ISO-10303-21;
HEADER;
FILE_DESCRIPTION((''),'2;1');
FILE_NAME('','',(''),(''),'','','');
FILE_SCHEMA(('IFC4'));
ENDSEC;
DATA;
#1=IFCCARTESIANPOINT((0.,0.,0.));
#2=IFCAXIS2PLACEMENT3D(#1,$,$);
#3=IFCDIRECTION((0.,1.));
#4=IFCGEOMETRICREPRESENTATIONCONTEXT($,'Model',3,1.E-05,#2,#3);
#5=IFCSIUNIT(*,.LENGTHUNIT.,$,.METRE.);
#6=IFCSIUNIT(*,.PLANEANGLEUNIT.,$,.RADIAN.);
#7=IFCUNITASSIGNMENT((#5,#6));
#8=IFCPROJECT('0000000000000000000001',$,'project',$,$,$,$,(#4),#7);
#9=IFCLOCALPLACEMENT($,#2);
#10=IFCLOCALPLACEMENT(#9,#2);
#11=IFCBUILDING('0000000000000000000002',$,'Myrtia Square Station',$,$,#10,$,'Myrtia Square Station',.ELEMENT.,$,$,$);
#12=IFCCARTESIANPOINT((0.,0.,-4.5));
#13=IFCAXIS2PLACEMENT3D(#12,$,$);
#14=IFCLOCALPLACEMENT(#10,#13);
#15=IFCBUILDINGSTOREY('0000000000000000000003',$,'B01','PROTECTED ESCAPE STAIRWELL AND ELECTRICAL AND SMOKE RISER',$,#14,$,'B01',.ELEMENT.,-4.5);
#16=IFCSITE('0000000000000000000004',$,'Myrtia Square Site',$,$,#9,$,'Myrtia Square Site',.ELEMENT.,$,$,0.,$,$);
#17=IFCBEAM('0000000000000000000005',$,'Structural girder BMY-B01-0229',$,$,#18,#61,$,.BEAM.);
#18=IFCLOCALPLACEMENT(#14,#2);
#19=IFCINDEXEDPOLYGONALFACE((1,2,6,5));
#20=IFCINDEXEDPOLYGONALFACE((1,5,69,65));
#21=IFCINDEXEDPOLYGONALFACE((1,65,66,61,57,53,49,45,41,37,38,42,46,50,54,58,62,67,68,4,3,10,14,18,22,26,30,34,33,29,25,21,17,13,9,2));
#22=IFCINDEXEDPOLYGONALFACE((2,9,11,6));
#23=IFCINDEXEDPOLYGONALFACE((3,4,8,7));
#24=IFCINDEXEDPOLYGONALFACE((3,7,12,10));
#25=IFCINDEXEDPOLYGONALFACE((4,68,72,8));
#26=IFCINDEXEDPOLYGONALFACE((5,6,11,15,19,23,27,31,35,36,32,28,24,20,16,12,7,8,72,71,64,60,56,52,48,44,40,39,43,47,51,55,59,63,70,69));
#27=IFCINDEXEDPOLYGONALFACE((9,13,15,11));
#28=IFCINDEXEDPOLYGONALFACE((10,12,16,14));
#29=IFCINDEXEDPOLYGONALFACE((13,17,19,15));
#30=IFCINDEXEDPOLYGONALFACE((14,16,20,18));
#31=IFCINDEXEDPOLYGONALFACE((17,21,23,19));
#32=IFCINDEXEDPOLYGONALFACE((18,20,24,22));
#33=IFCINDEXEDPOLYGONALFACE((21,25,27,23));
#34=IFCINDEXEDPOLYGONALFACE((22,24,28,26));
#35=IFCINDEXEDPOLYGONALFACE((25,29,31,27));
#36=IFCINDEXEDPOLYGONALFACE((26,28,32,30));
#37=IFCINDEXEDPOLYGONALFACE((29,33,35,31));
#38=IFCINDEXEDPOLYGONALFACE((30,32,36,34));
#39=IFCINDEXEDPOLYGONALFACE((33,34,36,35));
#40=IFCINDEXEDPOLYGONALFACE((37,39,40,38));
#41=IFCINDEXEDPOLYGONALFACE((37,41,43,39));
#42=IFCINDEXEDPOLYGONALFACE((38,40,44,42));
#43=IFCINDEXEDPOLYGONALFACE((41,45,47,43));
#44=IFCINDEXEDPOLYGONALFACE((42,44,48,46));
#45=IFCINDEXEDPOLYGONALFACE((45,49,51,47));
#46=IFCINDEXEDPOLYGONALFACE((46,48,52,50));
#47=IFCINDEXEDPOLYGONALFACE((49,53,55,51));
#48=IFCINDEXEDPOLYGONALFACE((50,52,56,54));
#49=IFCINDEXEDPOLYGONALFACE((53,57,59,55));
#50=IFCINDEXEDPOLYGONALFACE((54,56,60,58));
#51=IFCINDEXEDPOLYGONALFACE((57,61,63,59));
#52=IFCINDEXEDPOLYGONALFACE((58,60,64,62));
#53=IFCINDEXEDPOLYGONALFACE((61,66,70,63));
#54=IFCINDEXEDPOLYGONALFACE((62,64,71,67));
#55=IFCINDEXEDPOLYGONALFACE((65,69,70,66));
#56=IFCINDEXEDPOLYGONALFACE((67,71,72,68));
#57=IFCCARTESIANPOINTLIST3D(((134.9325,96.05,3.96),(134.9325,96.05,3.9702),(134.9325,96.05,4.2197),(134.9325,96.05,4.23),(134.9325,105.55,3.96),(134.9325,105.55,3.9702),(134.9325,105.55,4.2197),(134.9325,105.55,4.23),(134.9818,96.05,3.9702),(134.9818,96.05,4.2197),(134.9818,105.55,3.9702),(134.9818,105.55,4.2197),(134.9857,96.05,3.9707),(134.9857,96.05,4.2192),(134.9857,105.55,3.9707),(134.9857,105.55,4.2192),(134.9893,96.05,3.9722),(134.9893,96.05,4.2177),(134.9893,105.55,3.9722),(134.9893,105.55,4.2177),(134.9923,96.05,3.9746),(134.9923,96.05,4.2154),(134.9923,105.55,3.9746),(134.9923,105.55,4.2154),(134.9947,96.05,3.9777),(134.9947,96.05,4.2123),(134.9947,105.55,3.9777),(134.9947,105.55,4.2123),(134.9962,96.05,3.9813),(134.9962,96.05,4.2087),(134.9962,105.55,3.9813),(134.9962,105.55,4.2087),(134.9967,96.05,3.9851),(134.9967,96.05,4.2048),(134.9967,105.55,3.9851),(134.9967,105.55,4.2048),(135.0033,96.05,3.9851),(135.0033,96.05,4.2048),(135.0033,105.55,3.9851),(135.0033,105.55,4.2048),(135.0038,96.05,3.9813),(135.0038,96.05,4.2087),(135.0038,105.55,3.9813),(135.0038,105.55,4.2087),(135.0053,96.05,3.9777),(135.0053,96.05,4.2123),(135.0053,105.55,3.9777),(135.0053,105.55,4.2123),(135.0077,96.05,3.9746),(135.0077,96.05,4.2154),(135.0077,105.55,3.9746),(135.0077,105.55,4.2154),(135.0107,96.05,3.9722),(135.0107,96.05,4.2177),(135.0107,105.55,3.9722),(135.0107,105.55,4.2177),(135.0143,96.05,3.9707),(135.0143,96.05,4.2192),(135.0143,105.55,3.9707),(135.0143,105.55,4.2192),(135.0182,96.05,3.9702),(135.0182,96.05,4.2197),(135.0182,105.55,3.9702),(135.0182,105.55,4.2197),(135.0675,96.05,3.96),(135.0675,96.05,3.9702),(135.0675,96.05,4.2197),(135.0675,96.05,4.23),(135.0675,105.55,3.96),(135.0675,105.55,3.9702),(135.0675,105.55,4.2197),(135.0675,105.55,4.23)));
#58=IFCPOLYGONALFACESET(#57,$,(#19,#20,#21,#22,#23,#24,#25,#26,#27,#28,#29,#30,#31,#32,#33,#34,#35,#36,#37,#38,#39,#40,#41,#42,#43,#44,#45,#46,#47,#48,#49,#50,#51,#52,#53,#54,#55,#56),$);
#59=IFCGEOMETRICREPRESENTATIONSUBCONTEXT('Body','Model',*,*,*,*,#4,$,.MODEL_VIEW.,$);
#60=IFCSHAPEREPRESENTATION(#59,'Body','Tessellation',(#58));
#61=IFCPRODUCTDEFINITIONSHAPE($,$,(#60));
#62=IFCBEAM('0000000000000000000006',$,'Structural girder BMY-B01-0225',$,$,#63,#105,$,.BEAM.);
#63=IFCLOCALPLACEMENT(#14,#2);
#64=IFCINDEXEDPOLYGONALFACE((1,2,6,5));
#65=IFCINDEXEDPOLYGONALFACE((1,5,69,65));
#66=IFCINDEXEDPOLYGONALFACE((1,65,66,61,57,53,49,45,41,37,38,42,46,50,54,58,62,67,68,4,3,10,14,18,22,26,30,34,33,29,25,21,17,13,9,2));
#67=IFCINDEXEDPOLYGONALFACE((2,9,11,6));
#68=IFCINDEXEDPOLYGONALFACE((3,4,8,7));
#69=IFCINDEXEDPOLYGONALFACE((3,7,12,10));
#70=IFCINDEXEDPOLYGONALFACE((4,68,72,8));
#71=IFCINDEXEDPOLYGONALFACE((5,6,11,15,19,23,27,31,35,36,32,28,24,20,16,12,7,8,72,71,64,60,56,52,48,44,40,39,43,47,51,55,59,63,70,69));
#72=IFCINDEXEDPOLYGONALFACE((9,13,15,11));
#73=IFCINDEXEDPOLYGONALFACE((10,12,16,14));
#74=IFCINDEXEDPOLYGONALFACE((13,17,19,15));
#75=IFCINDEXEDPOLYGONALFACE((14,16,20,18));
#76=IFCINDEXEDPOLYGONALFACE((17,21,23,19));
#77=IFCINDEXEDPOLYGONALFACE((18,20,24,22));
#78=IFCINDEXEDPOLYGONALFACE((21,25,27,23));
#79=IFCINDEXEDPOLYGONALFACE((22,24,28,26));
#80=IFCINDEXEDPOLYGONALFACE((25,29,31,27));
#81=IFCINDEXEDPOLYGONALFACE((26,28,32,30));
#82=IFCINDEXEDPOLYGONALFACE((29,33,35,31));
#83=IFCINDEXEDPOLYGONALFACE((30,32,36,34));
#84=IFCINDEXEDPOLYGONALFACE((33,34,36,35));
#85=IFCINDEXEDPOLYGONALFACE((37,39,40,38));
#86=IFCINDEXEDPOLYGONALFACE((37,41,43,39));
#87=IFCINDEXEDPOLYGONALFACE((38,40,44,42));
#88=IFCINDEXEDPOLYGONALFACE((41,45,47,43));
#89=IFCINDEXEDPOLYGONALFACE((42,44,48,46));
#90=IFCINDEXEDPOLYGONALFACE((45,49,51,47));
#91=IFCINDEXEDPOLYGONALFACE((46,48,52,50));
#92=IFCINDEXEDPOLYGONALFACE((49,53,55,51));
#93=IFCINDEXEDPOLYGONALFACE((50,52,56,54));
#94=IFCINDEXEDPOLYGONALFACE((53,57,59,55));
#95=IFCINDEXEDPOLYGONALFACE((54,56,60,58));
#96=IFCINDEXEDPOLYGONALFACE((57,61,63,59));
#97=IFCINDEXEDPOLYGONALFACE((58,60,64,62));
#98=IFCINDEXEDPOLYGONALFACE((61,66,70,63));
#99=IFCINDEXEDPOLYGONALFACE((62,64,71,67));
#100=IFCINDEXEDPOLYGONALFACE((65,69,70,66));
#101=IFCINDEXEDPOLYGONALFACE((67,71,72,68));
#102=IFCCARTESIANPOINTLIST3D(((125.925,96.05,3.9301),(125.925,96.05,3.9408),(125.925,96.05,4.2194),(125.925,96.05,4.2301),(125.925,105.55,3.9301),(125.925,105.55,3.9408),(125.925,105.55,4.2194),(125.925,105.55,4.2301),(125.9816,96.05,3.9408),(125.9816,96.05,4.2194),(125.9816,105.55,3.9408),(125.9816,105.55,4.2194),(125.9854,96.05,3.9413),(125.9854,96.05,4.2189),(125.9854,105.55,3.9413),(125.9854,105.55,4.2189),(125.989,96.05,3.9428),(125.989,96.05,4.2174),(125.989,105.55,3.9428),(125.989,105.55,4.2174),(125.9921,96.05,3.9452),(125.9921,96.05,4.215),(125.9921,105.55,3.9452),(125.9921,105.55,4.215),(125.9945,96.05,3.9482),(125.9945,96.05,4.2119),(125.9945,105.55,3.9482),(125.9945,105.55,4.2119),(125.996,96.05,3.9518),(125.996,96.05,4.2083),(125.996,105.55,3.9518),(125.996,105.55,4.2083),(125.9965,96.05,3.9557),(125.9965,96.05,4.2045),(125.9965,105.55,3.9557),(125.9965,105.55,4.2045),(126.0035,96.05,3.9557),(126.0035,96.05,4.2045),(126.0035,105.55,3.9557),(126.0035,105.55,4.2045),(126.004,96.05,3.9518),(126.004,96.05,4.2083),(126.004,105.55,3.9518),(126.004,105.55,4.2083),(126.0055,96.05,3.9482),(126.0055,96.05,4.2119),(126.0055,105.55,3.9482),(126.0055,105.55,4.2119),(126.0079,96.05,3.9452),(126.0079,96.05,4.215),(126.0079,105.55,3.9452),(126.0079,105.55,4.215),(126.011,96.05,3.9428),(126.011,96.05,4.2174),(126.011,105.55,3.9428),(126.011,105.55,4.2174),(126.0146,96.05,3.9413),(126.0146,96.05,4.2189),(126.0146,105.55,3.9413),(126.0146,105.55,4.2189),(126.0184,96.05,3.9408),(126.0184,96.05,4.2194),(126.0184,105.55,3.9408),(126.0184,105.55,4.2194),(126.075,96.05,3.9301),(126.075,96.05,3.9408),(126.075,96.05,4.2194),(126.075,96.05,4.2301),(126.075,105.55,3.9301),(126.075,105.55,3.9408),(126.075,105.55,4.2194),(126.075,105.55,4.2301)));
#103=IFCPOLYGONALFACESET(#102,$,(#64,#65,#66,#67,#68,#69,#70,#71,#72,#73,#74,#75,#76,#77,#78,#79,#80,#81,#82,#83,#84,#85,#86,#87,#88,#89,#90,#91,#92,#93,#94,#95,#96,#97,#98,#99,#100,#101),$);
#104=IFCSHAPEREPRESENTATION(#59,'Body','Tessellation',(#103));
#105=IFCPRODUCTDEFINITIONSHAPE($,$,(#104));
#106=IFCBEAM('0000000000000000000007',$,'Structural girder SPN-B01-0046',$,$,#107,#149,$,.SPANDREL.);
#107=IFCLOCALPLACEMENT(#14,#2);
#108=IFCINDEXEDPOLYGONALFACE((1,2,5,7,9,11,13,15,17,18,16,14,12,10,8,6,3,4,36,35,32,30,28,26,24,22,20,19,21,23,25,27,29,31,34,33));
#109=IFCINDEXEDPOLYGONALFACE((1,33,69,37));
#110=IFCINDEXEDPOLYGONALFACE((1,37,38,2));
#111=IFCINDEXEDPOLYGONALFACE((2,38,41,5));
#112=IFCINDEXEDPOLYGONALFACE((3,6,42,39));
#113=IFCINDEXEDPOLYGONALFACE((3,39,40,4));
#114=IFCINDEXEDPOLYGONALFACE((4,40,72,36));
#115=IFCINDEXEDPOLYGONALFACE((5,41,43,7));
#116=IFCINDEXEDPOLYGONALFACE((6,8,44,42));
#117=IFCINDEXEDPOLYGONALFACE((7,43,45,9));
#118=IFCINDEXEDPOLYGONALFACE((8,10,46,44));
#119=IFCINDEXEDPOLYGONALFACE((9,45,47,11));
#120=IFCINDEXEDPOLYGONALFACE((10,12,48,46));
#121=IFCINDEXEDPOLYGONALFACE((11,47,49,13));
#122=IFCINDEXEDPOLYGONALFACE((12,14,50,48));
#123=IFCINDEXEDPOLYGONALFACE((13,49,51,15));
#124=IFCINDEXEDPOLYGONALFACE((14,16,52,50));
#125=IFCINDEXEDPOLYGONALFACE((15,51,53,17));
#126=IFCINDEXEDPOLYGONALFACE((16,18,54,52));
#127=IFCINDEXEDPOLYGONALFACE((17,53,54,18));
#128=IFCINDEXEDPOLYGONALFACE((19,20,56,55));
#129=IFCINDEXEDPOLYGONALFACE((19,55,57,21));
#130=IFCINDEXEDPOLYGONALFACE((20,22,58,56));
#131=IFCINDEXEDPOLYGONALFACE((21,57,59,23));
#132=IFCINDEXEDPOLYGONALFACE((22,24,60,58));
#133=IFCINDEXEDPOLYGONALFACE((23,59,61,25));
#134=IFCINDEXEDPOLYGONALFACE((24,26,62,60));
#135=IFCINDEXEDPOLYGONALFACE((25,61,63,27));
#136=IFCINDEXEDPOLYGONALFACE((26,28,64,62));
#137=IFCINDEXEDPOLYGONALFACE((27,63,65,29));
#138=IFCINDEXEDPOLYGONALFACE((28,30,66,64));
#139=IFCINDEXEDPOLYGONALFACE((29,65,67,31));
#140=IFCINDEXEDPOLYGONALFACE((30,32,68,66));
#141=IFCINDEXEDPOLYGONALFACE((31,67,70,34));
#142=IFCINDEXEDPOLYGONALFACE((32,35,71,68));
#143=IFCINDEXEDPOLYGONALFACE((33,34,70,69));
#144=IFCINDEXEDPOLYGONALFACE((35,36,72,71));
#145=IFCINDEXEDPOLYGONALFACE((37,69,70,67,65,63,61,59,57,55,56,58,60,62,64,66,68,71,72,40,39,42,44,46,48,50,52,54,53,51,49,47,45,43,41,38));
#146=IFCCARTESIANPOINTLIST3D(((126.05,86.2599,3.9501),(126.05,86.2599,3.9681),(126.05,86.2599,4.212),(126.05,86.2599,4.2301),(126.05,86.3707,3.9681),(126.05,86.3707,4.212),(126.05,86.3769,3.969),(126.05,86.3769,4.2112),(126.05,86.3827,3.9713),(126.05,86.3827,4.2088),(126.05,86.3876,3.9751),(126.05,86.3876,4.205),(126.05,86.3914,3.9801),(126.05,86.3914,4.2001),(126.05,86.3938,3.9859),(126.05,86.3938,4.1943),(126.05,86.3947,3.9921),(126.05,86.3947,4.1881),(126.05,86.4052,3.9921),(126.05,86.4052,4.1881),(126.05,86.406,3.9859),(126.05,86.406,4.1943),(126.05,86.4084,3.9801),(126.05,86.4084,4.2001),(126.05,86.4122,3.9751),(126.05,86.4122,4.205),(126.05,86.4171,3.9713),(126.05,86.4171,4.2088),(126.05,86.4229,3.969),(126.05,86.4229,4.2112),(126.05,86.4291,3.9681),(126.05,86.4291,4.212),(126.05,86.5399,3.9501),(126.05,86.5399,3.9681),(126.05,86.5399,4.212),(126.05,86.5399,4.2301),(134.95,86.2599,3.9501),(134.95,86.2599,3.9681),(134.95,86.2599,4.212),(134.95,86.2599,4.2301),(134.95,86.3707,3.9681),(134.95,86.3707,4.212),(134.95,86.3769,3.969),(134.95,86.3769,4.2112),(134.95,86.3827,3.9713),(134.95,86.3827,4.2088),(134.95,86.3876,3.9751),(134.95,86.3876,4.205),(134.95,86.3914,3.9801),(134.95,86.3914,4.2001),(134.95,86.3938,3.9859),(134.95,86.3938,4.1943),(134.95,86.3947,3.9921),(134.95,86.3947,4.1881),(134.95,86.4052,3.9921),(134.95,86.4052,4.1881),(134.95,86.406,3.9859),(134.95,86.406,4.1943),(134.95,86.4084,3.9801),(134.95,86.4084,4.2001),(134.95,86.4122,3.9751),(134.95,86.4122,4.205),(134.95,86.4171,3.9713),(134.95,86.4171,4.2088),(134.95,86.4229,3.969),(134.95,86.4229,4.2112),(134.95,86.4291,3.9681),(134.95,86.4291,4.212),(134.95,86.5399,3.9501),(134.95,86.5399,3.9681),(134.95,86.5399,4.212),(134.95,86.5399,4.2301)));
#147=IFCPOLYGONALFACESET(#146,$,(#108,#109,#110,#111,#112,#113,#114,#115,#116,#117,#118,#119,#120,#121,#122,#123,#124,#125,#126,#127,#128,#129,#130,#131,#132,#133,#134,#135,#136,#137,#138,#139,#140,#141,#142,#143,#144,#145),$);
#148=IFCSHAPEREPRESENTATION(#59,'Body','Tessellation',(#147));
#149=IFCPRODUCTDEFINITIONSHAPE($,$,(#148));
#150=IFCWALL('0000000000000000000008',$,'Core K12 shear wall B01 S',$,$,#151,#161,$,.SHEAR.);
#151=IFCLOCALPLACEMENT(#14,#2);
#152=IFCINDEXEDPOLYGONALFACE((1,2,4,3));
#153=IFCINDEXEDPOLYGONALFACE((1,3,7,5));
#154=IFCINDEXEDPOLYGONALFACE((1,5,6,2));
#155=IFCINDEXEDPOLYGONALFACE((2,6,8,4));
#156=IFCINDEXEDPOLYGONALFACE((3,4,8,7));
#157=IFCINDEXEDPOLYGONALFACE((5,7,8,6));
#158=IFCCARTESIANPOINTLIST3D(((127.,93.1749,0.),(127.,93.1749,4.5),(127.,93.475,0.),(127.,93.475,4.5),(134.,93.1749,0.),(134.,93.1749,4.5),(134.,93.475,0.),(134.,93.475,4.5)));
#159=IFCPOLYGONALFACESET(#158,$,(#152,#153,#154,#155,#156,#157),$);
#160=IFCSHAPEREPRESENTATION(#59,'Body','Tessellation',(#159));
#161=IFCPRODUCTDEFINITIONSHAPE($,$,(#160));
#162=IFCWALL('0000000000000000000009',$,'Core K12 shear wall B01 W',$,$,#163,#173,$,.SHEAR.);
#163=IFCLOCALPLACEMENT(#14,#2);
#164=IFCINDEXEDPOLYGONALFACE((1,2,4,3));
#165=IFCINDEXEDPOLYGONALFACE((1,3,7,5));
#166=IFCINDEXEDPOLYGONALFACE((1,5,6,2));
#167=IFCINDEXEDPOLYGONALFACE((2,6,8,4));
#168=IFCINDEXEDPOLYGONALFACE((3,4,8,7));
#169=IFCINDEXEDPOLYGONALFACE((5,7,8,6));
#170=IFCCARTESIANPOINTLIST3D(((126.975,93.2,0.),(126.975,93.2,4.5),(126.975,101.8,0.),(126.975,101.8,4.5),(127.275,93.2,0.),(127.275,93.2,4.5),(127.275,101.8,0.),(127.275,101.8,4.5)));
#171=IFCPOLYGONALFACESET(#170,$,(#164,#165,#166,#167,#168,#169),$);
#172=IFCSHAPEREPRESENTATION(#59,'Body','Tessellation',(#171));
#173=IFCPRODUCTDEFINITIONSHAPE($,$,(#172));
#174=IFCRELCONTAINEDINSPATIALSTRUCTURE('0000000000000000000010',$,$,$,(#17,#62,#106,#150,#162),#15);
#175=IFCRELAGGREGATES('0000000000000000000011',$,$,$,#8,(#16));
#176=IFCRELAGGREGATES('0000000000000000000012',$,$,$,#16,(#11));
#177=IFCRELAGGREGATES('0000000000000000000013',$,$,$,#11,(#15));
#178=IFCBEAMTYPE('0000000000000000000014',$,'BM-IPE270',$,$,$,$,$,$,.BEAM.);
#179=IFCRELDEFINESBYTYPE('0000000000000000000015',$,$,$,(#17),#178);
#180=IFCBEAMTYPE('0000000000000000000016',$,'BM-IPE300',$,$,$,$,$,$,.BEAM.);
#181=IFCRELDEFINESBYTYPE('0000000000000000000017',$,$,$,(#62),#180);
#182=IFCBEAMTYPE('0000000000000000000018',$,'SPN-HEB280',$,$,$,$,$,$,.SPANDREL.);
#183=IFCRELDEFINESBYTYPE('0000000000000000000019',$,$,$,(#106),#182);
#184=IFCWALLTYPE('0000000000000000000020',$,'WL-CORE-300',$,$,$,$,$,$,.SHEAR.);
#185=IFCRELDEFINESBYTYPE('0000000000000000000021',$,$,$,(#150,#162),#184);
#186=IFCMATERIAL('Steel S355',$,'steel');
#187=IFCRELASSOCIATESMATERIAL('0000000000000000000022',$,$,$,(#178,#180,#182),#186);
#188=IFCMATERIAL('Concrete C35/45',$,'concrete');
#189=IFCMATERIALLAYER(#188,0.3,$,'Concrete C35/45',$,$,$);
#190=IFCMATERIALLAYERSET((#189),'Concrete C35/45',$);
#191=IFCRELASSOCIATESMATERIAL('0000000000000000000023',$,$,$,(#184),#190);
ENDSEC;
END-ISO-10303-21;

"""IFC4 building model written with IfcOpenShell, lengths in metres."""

from ifc_helpers import new_model, si_unit, direction, frame, frame_2d, origin, origin_2d, place, context, subcontext, project, spatial, rectangle, i_section, extrude, material, layer, layer_set, material_profile, profile_set, type_object, element, save


model = new_model("IFC4")

# Units and contexts
model_context = context("Model", 3, precision=1e-05, world=origin(), true_north=direction((0.0, 1.0)))
body_context = subcontext(model_context, "Body", "Model", "MODEL_VIEW")
ifc_project = project(units=[si_unit("LENGTHUNIT", "METRE"), si_unit("PLANEANGLEUNIT", "RADIAN")], contexts=[model_context])

# Site, building, storey
site_placement = place(None, origin())
site = spatial("IfcSite", under=ifc_project, at=site_placement, Name="Myrtia Square Site", LongName="Myrtia Square Site", CompositionType="ELEMENT", RefElevation=0.0)
building_placement = place(site_placement, origin())
building = spatial("IfcBuilding", under=site, at=building_placement, Name="Myrtia Square Station", LongName="Myrtia Square Station", CompositionType="ELEMENT")
storey_placement = place(building_placement, frame((0.0, 0.0, -4.5)))
storey = spatial("IfcBuildingStorey", under=building, at=storey_placement, Name="B01", Description="PROTECTED ESCAPE STAIRWELL AND ELECTRICAL AND SMOKE RISER", LongName="B01", CompositionType="ELEMENT", Elevation=-4.5)

# Shared definitions
ifc_material_1 = material(Name="Concrete C35/45", Category="concrete")

# Shared definitions
ifc_material_2 = material(Name="Steel S355", Category="steel")

# Beams
ifc_material_profile_1 = material_profile(ifc_material_2, i_section(OverallWidth=0.135, OverallDepth=0.27, WebThickness=0.0066, FlangeThickness=0.0103, FilletRadius=0.0149, at=origin_2d()), Name="IPE 270")
ifc_profile_set_1 = profile_set([ifc_material_profile_1], Name="Steel S355")
beam_type_1 = type_object("IfcBeamType", Name="BM-IPE270", PredefinedType="BEAM", material=ifc_profile_set_1)
for number, where, z_axis, x_axis, name in (
    (1, (135.0, 96.05, 4.095), (0.0, 1.0, 0.0), (-1.0, 0.0, 0.0), "Structural girder BMY-B01-0229"),
):
    element("IfcBeam", number, at=place(storey_placement, frame(where, z_axis=z_axis, x_axis=x_axis)), inside=storey, type_object=beam_type_1, Name=name, PredefinedType="BEAM", context=body_context, shape_type="SweptSolid", body=[
        extrude(i_section(OverallWidth=0.135, OverallDepth=0.27, WebThickness=0.0066, FlangeThickness=0.0103, FilletRadius=0.0149, at=origin_2d()), origin(), (0.0, 0.0, 1.0), 9.5),
    ])
ifc_material_profile_2 = material_profile(ifc_material_2, i_section(OverallWidth=0.1499, OverallDepth=0.3, WebThickness=0.0071, FlangeThickness=0.0107, FilletRadius=0.0149, at=origin_2d()), Name="IPE 300")
ifc_profile_set_2 = profile_set([ifc_material_profile_2], Name="Steel S355")
beam_type_2 = type_object("IfcBeamType", Name="BM-IPE300", PredefinedType="BEAM", material=ifc_profile_set_2)
beam_1_placement = place(storey_placement, frame((126.0, 96.05, 4.0801), z_axis=(0.0, 1.0, 0.0), x_axis=(-1.0, 0.0, 0.0)))
element("IfcBeam", 2, at=beam_1_placement, inside=storey, type_object=beam_type_2, Name="Structural girder BMY-B01-0225", PredefinedType="BEAM", context=body_context, shape_type="SweptSolid", body=[
    extrude(i_section(OverallWidth=0.1499, OverallDepth=0.3, WebThickness=0.0071, FlangeThickness=0.0107, FilletRadius=0.0149, at=origin_2d()), origin(), (0.0, 0.0, 1.0), 9.5),
])
ifc_material_profile_3 = material_profile(ifc_material_2, i_section(OverallWidth=0.28, OverallDepth=0.28, WebThickness=0.0105, FlangeThickness=0.0181, FilletRadius=0.0239, at=origin_2d()), Name="HEB 280")
ifc_profile_set_3 = profile_set([ifc_material_profile_3], Name="Steel S355")
beam_type_3 = type_object("IfcBeamType", Name="SPN-HEB280", PredefinedType="SPANDREL", material=ifc_profile_set_3)
beam_2_placement = place(storey_placement, frame((126.05, 86.3999, 4.0901), z_axis=(1.0, 0.0, 0.0), x_axis=(0.0, 1.0, 0.0)))
element("IfcBeam", 3, at=beam_2_placement, inside=storey, type_object=beam_type_3, Name="Structural girder SPN-B01-0046", PredefinedType="SPANDREL", context=body_context, shape_type="SweptSolid", body=[
    extrude(i_section(OverallWidth=0.28, OverallDepth=0.28, WebThickness=0.0105, FlangeThickness=0.0181, FilletRadius=0.0239, at=origin_2d()), origin(), (0.0, 0.0, 1.0), 8.8999),
])

# Wall
ifc_layer = layer(ifc_material_1, 0.3, Name="Concrete C35/45")
ifc_layer_set = layer_set([ifc_layer], Name="Concrete C35/45")
wall_type = type_object("IfcWallType", Name="WL-CORE-300", PredefinedType="SHEAR", material=ifc_layer_set)
wall_1_placement = place(storey_placement, frame((127.0, 93.325, 0.0), z_axis=(0.0, 0.0, 1.0), x_axis=(1.0, 0.0, 0.0)))
element("IfcWall", 4, at=wall_1_placement, inside=storey, type_object=wall_type, Name="Core K12 shear wall B01 S", PredefinedType="SHEAR", context=body_context, shape_type="SweptSolid", body=[
    extrude(rectangle(XDim=7.0, YDim=0.3, at=frame_2d((3.5, 0.0))), origin(), (0.0, 0.0, 1.0), 4.5),
])

# Wall
wall_2_placement = place(storey_placement, frame((127.125, 93.2, 0.0), z_axis=(0.0, 0.0, 1.0), x_axis=(0.0, 1.0, 0.0)))
element("IfcWall", 5, at=wall_2_placement, inside=storey, type_object=wall_type, Name="Core K12 shear wall B01 W", PredefinedType="SHEAR", context=body_context, shape_type="SweptSolid", body=[
    extrude(rectangle(XDim=8.6001, YDim=0.3, at=frame_2d((4.3, 0.0))), origin(), (0.0, 0.0, 1.0), 4.5),
])

save(model, "model.ifc")
